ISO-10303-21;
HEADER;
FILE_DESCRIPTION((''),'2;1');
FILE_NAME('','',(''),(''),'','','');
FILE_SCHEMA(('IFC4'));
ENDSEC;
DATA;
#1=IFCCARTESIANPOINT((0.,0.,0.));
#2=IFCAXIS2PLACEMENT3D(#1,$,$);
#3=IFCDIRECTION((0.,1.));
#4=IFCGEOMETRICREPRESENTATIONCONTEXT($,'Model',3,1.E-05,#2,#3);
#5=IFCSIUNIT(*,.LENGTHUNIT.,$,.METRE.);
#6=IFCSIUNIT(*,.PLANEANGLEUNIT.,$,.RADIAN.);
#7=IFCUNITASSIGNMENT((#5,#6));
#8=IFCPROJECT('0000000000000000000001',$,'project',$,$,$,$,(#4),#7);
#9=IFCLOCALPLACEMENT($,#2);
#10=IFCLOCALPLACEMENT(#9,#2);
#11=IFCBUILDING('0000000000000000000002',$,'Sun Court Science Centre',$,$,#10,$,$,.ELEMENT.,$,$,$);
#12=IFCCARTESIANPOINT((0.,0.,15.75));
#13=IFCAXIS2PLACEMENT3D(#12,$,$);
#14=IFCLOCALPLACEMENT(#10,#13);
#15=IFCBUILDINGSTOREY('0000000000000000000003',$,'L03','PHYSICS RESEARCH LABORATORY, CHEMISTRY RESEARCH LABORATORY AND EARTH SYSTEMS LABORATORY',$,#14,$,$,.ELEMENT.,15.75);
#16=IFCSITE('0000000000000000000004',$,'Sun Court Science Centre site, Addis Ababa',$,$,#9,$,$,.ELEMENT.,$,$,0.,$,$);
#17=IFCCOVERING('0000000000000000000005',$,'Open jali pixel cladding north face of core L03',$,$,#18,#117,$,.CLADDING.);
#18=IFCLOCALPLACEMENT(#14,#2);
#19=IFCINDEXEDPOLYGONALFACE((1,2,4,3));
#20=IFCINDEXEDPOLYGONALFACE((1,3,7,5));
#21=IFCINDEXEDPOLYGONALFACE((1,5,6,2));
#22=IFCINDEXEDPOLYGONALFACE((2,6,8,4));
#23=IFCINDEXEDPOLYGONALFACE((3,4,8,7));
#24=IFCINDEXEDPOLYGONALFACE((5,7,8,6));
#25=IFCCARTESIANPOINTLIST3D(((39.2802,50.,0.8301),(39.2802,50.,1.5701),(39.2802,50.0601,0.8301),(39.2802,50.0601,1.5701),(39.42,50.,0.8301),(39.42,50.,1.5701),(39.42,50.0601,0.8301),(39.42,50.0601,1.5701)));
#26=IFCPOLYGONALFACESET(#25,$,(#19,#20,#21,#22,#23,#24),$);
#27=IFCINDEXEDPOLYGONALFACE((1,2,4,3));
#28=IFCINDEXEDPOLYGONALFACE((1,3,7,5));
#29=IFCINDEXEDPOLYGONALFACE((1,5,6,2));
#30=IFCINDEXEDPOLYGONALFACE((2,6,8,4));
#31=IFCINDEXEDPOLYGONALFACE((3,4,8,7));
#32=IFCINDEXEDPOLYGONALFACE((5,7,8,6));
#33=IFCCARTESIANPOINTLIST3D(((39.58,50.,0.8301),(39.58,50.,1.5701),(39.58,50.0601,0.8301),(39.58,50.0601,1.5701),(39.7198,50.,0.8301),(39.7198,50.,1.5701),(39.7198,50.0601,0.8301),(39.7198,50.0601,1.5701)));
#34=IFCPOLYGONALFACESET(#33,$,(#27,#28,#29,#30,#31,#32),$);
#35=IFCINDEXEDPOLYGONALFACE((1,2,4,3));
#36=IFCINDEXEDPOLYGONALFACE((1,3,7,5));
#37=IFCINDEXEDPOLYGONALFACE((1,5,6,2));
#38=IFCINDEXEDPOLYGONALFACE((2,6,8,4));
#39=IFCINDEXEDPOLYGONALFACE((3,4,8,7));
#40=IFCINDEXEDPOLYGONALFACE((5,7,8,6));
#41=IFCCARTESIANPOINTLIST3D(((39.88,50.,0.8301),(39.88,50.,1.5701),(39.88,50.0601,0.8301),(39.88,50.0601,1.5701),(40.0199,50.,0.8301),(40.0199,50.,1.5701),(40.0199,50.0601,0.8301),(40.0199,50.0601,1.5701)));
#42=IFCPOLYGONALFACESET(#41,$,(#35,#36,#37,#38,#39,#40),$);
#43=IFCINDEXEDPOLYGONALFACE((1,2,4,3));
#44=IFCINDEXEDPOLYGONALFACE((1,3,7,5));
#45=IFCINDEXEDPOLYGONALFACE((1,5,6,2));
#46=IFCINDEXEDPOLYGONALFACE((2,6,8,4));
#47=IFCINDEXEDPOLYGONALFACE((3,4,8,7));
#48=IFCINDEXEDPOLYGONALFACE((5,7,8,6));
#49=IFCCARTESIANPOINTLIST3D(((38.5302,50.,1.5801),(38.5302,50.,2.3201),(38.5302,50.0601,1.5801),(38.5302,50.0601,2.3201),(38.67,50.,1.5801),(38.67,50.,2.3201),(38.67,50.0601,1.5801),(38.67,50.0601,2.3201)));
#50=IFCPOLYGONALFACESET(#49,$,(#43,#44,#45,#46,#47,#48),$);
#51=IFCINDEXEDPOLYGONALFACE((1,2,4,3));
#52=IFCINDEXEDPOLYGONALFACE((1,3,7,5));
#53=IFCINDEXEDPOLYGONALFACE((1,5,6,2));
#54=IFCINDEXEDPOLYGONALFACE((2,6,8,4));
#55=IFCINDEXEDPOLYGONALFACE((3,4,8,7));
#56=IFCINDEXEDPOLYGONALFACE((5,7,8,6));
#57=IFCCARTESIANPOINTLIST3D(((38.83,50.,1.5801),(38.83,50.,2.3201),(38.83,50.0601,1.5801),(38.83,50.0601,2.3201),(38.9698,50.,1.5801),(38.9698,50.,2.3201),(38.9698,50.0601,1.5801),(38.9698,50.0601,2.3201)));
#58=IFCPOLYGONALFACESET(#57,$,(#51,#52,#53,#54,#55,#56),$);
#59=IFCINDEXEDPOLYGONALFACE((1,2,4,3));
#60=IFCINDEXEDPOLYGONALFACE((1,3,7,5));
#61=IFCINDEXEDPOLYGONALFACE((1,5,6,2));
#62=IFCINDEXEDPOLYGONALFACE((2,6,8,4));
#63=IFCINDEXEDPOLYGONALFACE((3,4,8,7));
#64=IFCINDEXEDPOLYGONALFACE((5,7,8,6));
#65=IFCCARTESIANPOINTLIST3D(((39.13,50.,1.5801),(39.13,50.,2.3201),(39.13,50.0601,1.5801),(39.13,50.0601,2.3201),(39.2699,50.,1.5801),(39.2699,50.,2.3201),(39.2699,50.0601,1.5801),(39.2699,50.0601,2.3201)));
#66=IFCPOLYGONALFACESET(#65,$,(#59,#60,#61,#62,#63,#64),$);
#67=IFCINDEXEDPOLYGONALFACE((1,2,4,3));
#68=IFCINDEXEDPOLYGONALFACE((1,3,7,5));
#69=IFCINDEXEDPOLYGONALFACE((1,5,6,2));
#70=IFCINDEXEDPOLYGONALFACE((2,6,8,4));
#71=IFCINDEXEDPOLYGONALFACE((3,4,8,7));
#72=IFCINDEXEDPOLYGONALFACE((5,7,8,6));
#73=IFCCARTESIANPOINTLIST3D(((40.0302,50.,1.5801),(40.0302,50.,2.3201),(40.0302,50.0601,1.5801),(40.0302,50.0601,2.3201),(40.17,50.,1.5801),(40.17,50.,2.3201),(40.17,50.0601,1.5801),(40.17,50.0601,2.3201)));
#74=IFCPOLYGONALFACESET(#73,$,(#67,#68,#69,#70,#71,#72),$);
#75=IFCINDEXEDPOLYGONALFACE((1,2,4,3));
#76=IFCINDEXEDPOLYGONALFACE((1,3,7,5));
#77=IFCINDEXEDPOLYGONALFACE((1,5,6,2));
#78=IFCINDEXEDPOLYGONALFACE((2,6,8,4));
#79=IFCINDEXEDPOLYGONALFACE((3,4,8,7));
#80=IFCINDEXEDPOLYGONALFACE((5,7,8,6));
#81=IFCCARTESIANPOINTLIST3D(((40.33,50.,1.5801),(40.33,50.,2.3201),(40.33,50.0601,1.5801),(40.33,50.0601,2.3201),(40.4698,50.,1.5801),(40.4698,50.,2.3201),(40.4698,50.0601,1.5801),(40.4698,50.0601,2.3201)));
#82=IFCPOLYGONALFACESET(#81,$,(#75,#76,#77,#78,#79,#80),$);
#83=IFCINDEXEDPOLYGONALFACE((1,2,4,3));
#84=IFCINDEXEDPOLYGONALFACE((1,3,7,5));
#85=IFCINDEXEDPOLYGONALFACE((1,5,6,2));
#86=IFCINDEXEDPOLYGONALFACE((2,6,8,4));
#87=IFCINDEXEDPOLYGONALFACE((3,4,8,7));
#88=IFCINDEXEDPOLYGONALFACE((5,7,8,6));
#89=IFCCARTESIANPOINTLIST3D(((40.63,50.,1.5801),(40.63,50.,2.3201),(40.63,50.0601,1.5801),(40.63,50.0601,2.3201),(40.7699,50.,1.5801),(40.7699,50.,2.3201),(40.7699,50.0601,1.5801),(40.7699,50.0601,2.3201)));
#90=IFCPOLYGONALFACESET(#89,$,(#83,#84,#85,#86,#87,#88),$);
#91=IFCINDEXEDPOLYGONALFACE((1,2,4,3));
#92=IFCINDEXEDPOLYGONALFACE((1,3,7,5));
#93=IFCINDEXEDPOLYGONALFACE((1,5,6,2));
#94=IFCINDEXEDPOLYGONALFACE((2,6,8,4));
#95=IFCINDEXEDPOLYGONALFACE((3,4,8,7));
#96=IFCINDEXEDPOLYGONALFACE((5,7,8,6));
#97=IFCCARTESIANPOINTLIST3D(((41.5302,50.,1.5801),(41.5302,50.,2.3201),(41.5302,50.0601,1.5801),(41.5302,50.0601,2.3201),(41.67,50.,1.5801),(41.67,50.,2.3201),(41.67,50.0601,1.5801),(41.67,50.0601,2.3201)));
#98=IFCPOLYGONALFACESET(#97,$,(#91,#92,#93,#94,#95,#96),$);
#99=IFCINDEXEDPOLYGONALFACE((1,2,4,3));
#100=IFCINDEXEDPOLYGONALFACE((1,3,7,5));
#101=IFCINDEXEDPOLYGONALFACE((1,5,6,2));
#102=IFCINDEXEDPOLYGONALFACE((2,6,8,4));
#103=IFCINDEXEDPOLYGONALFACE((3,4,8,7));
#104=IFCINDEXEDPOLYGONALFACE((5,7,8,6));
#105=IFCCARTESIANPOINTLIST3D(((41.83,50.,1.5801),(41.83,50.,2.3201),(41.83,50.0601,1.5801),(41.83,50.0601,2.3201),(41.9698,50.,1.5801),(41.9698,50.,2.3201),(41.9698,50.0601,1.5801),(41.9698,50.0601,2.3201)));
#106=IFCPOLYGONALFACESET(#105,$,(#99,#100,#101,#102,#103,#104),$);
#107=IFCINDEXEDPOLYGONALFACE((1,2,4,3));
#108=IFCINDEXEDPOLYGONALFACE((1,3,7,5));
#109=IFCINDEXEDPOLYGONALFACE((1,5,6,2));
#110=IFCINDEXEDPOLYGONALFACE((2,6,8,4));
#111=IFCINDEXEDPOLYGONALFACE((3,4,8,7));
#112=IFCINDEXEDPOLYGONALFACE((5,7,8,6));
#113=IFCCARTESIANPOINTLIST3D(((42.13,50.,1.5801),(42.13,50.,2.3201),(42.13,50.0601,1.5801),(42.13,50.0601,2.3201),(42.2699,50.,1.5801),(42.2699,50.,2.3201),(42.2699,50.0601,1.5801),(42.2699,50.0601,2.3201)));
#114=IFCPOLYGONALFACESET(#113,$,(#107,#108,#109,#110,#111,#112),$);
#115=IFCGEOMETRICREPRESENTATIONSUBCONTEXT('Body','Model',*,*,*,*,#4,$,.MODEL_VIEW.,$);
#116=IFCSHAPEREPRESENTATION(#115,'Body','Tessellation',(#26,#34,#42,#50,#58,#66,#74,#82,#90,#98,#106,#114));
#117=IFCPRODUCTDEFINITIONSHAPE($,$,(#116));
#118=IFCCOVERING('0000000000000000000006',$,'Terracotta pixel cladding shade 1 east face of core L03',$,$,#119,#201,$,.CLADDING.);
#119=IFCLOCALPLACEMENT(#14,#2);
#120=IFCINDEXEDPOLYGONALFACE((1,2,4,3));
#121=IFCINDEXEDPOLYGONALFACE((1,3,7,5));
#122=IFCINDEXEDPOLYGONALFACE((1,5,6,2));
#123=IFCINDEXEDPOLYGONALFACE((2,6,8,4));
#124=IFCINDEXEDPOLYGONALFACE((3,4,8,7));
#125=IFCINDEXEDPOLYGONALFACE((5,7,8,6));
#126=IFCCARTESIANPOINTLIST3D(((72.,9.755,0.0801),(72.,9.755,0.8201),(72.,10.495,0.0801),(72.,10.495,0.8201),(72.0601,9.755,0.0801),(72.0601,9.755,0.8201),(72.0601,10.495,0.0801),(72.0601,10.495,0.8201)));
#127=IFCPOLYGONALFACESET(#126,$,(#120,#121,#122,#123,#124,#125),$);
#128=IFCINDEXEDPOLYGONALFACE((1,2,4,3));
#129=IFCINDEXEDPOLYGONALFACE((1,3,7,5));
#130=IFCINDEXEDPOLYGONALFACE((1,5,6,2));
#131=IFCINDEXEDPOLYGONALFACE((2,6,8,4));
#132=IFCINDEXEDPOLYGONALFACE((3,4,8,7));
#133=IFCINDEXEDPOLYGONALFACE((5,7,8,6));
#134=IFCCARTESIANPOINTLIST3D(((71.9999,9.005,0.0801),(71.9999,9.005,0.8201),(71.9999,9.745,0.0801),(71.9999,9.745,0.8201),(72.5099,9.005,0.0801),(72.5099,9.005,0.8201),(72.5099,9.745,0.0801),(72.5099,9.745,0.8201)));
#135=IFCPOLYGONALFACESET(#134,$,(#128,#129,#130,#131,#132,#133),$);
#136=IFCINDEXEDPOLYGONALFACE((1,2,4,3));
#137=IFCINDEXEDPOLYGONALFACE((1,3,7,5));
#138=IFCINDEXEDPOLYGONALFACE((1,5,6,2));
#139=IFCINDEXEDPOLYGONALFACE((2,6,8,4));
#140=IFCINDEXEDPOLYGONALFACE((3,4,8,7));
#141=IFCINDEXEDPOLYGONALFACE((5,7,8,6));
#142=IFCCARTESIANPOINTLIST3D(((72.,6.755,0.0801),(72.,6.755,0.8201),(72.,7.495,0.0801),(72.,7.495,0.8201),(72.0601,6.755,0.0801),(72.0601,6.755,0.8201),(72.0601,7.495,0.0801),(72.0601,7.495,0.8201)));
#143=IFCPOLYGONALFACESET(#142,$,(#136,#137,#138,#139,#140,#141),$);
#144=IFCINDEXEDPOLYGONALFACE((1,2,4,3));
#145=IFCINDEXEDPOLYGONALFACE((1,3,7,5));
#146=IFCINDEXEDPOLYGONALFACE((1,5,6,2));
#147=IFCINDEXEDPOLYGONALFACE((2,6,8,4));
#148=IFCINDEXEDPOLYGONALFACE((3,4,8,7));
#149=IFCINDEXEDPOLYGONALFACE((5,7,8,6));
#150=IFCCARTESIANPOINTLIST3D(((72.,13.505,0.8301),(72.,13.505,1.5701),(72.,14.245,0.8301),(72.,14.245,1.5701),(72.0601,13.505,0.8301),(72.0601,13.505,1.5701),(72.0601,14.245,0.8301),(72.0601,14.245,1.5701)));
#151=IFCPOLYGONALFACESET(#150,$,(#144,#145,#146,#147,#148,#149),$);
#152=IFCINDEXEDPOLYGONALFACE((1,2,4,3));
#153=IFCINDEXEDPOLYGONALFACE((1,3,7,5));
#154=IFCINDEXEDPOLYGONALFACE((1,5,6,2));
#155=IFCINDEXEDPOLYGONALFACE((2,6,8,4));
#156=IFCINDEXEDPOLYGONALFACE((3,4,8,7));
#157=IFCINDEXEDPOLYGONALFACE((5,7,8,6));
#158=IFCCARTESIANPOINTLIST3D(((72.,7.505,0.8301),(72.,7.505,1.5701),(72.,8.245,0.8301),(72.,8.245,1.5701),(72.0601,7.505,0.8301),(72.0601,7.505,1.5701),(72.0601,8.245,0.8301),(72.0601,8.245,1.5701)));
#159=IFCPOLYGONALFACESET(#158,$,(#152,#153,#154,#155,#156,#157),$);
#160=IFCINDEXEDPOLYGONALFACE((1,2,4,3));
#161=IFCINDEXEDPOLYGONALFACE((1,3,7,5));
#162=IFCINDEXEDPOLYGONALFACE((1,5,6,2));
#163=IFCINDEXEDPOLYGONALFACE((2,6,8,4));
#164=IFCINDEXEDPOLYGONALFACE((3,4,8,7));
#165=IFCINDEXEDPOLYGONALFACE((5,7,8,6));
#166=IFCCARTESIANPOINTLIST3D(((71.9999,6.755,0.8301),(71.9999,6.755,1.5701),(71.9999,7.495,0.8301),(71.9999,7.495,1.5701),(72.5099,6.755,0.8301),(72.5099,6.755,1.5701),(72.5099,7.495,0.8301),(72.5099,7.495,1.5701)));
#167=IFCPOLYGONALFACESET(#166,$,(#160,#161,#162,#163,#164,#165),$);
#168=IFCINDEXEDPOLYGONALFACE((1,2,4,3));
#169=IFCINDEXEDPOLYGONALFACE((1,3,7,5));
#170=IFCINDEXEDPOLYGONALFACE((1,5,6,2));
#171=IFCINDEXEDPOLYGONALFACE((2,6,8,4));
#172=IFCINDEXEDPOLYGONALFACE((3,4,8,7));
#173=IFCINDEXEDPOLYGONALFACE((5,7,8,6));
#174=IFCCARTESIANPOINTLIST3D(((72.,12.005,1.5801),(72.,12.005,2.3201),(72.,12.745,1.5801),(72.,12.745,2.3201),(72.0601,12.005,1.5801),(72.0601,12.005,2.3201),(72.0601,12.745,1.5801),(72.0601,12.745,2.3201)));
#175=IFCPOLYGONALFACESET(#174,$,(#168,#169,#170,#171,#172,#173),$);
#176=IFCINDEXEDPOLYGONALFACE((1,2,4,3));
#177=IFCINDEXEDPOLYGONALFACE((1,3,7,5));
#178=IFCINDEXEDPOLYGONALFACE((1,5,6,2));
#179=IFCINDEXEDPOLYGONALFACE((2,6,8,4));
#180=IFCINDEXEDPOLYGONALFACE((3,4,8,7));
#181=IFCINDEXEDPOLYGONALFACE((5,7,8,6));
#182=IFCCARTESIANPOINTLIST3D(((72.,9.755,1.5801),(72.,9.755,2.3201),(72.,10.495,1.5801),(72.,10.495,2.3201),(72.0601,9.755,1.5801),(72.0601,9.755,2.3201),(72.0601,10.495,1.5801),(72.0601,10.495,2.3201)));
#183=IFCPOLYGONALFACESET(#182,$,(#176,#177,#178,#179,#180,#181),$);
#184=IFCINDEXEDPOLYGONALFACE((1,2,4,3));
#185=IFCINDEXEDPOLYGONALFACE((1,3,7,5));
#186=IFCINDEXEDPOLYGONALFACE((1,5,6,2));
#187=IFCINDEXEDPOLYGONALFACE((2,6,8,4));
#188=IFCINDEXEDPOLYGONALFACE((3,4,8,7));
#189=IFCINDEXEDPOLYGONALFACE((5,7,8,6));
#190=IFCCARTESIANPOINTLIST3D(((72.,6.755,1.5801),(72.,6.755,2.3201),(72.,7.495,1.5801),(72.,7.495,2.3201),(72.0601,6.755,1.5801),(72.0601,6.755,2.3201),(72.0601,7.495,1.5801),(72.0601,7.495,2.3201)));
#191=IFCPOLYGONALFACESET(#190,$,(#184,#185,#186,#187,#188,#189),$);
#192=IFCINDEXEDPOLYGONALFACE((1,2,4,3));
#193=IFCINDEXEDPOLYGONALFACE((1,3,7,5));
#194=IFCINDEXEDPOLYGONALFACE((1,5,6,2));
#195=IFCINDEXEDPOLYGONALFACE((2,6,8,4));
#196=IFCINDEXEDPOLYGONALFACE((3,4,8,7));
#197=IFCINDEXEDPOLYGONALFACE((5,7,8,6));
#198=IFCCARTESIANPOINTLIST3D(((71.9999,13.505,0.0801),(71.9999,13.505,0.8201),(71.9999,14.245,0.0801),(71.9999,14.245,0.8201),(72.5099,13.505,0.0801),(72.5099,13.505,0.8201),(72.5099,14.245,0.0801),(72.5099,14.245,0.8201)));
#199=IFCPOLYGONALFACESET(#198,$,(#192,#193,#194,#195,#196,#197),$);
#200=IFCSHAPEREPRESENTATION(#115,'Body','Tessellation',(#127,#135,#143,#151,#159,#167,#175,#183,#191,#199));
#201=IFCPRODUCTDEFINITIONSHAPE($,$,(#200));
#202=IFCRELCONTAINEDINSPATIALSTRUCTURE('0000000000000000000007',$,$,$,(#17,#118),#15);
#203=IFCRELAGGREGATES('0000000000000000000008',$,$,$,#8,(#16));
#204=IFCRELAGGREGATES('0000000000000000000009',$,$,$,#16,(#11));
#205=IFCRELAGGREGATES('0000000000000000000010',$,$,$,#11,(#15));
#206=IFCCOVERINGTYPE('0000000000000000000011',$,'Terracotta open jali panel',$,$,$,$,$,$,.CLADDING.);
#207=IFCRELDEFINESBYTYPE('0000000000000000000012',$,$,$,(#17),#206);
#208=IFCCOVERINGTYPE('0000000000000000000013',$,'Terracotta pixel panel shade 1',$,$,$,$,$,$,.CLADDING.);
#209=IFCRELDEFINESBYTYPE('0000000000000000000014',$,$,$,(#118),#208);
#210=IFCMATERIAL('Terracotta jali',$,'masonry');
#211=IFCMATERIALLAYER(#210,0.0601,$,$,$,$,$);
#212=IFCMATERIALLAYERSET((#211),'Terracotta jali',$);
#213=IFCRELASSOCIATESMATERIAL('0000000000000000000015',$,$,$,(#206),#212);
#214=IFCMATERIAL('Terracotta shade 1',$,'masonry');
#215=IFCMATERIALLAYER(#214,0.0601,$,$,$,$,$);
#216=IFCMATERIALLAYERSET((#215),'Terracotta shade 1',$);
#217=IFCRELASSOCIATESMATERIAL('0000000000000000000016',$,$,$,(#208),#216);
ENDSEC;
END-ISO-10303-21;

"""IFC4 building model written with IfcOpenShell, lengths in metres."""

from ifc_helpers import new_model, si_unit, direction, frame, origin, origin_2d, place, context, subcontext, project, spatial, rectangle, extrude, material, layer, layer_set, type_object, element, save


model = new_model("IFC4")

# Units and contexts
model_context = context("Model", 3, precision=1e-05, world=origin(), true_north=direction((0.0, 1.0)))
body_context = subcontext(model_context, "Body", "Model", "MODEL_VIEW")
ifc_project = project(units=[si_unit("LENGTHUNIT", "METRE"), si_unit("PLANEANGLEUNIT", "RADIAN")], contexts=[model_context])

# Site, building, storey
site_placement = place(None, origin())
site = spatial("IfcSite", under=ifc_project, at=site_placement, Name="Sun Court Science Centre site, Addis Ababa", CompositionType="ELEMENT", RefElevation=0.0)
building_placement = place(site_placement, origin())
building = spatial("IfcBuilding", under=site, at=building_placement, Name="Sun Court Science Centre", CompositionType="ELEMENT")
storey_placement = place(building_placement, frame((0.0, 0.0, 15.75)))
storey = spatial("IfcBuildingStorey", under=building, at=storey_placement, Name="L03", Description="PHYSICS RESEARCH LABORATORY, CHEMISTRY RESEARCH LABORATORY AND EARTH SYSTEMS LABORATORY", CompositionType="ELEMENT", Elevation=15.75)

# Coverings
ifc_material_1 = material(Name="Terracotta jali", Category="masonry")
ifc_layer_1 = layer(ifc_material_1, 0.0601)
ifc_layer_set_1 = layer_set([ifc_layer_1], Name="Terracotta jali")
covering_type_1 = type_object("IfcCoveringType", Name="Terracotta open jali panel", PredefinedType="CLADDING", material=ifc_layer_set_1)
covering_1_placement = place(storey_placement, frame((0.0, 0.0, -15.75)))
element("IfcCovering", 1, at=covering_1_placement, inside=storey, type_object=covering_type_1, Name="Open jali pixel cladding north face of core L03", PredefinedType="CLADDING", context=body_context, shape_type="SweptSolid", body=[
    extrude(rectangle(XDim=0.1399, YDim=0.0601, at=origin_2d()), frame((39.3501, 50.03, 16.5801), z_axis=(0.0, 0.0, 1.0), x_axis=(1.0, 0.0, 0.0)), (0.0, 0.0, 1.0), 0.74),
    extrude(rectangle(XDim=0.1399, YDim=0.0601, at=origin_2d()), frame((39.6499, 50.03, 16.5801), z_axis=(0.0, 0.0, 1.0), x_axis=(1.0, 0.0, 0.0)), (0.0, 0.0, 1.0), 0.74),
    extrude(rectangle(XDim=0.1399, YDim=0.0601, at=origin_2d()), frame((39.95, 50.03, 16.5801), z_axis=(0.0, 0.0, 1.0), x_axis=(1.0, 0.0, 0.0)), (0.0, 0.0, 1.0), 0.74),
    extrude(rectangle(XDim=0.1399, YDim=0.0601, at=origin_2d()), frame((38.6001, 50.03, 17.3301), z_axis=(0.0, 0.0, 1.0), x_axis=(1.0, 0.0, 0.0)), (0.0, 0.0, 1.0), 0.74),
    extrude(rectangle(XDim=0.1399, YDim=0.0601, at=origin_2d()), frame((38.8999, 50.03, 17.3301), z_axis=(0.0, 0.0, 1.0), x_axis=(1.0, 0.0, 0.0)), (0.0, 0.0, 1.0), 0.74),
    extrude(rectangle(XDim=0.1399, YDim=0.0601, at=origin_2d()), frame((39.2, 50.03, 17.3301), z_axis=(0.0, 0.0, 1.0), x_axis=(1.0, 0.0, 0.0)), (0.0, 0.0, 1.0), 0.74),
    extrude(rectangle(XDim=0.1399, YDim=0.0601, at=origin_2d()), frame((40.1001, 50.03, 17.3301), z_axis=(0.0, 0.0, 1.0), x_axis=(1.0, 0.0, 0.0)), (0.0, 0.0, 1.0), 0.74),
    extrude(rectangle(XDim=0.1399, YDim=0.0601, at=origin_2d()), frame((40.3999, 50.03, 17.3301), z_axis=(0.0, 0.0, 1.0), x_axis=(1.0, 0.0, 0.0)), (0.0, 0.0, 1.0), 0.74),
    extrude(rectangle(XDim=0.1399, YDim=0.0601, at=origin_2d()), frame((40.7, 50.03, 17.3301), z_axis=(0.0, 0.0, 1.0), x_axis=(1.0, 0.0, 0.0)), (0.0, 0.0, 1.0), 0.74),
    extrude(rectangle(XDim=0.1399, YDim=0.0601, at=origin_2d()), frame((41.6001, 50.03, 17.3301), z_axis=(0.0, 0.0, 1.0), x_axis=(1.0, 0.0, 0.0)), (0.0, 0.0, 1.0), 0.74),
    extrude(rectangle(XDim=0.1399, YDim=0.0601, at=origin_2d()), frame((41.8999, 50.03, 17.3301), z_axis=(0.0, 0.0, 1.0), x_axis=(1.0, 0.0, 0.0)), (0.0, 0.0, 1.0), 0.74),
    extrude(rectangle(XDim=0.1399, YDim=0.0601, at=origin_2d()), frame((42.2, 50.03, 17.3301), z_axis=(0.0, 0.0, 1.0), x_axis=(1.0, 0.0, 0.0)), (0.0, 0.0, 1.0), 0.74),
])
ifc_material_2 = material(Name="Terracotta shade 1", Category="masonry")
ifc_layer_2 = layer(ifc_material_2, 0.0601)
ifc_layer_set_2 = layer_set([ifc_layer_2], Name="Terracotta shade 1")
covering_type_2 = type_object("IfcCoveringType", Name="Terracotta pixel panel shade 1", PredefinedType="CLADDING", material=ifc_layer_set_2)
covering_2_placement = place(storey_placement, frame((0.0, 0.0, -15.75)))
element("IfcCovering", 2, at=covering_2_placement, inside=storey, type_object=covering_type_2, Name="Terracotta pixel cladding shade 1 east face of core L03", PredefinedType="CLADDING", context=body_context, shape_type="SweptSolid", body=[
    extrude(rectangle(XDim=0.74, YDim=0.0601, at=origin_2d()), frame((72.03, 10.125, 15.8301), z_axis=(0.0, 0.0, 1.0), x_axis=(0.0, -1.0, 0.0)), (0.0, 0.0, 1.0), 0.74),
    extrude(rectangle(XDim=0.74, YDim=0.51, at=origin_2d()), frame((72.2549, 9.375, 15.8301), z_axis=(0.0, 0.0, 1.0), x_axis=(0.0, -1.0, 0.0)), (0.0, 0.0, 1.0), 0.74),
    extrude(rectangle(XDim=0.74, YDim=0.0601, at=origin_2d()), frame((72.03, 7.125, 15.8301), z_axis=(0.0, 0.0, 1.0), x_axis=(0.0, -1.0, 0.0)), (0.0, 0.0, 1.0), 0.74),
    extrude(rectangle(XDim=0.74, YDim=0.0601, at=origin_2d()), frame((72.03, 13.875, 16.5801), z_axis=(0.0, 0.0, 1.0), x_axis=(0.0, -1.0, 0.0)), (0.0, 0.0, 1.0), 0.74),
    extrude(rectangle(XDim=0.74, YDim=0.0601, at=origin_2d()), frame((72.03, 7.875, 16.5801), z_axis=(0.0, 0.0, 1.0), x_axis=(0.0, -1.0, 0.0)), (0.0, 0.0, 1.0), 0.74),
    extrude(rectangle(XDim=0.74, YDim=0.51, at=origin_2d()), frame((72.2549, 7.125, 16.5801), z_axis=(0.0, 0.0, 1.0), x_axis=(0.0, -1.0, 0.0)), (0.0, 0.0, 1.0), 0.74),
    extrude(rectangle(XDim=0.74, YDim=0.0601, at=origin_2d()), frame((72.03, 12.375, 17.3301), z_axis=(0.0, 0.0, 1.0), x_axis=(0.0, -1.0, 0.0)), (0.0, 0.0, 1.0), 0.74),
    extrude(rectangle(XDim=0.74, YDim=0.0601, at=origin_2d()), frame((72.03, 10.125, 17.3301), z_axis=(0.0, 0.0, 1.0), x_axis=(0.0, -1.0, 0.0)), (0.0, 0.0, 1.0), 0.74),
    extrude(rectangle(XDim=0.74, YDim=0.0601, at=origin_2d()), frame((72.03, 7.125, 17.3301), z_axis=(0.0, 0.0, 1.0), x_axis=(0.0, -1.0, 0.0)), (0.0, 0.0, 1.0), 0.74),
    extrude(rectangle(XDim=0.74, YDim=0.51, at=origin_2d()), frame((72.2549, 13.875, 15.8301), z_axis=(0.0, 0.0, 1.0), x_axis=(0.0, -1.0, 0.0)), (0.0, 0.0, 1.0), 0.74),
])

save(model, "model.ifc")
